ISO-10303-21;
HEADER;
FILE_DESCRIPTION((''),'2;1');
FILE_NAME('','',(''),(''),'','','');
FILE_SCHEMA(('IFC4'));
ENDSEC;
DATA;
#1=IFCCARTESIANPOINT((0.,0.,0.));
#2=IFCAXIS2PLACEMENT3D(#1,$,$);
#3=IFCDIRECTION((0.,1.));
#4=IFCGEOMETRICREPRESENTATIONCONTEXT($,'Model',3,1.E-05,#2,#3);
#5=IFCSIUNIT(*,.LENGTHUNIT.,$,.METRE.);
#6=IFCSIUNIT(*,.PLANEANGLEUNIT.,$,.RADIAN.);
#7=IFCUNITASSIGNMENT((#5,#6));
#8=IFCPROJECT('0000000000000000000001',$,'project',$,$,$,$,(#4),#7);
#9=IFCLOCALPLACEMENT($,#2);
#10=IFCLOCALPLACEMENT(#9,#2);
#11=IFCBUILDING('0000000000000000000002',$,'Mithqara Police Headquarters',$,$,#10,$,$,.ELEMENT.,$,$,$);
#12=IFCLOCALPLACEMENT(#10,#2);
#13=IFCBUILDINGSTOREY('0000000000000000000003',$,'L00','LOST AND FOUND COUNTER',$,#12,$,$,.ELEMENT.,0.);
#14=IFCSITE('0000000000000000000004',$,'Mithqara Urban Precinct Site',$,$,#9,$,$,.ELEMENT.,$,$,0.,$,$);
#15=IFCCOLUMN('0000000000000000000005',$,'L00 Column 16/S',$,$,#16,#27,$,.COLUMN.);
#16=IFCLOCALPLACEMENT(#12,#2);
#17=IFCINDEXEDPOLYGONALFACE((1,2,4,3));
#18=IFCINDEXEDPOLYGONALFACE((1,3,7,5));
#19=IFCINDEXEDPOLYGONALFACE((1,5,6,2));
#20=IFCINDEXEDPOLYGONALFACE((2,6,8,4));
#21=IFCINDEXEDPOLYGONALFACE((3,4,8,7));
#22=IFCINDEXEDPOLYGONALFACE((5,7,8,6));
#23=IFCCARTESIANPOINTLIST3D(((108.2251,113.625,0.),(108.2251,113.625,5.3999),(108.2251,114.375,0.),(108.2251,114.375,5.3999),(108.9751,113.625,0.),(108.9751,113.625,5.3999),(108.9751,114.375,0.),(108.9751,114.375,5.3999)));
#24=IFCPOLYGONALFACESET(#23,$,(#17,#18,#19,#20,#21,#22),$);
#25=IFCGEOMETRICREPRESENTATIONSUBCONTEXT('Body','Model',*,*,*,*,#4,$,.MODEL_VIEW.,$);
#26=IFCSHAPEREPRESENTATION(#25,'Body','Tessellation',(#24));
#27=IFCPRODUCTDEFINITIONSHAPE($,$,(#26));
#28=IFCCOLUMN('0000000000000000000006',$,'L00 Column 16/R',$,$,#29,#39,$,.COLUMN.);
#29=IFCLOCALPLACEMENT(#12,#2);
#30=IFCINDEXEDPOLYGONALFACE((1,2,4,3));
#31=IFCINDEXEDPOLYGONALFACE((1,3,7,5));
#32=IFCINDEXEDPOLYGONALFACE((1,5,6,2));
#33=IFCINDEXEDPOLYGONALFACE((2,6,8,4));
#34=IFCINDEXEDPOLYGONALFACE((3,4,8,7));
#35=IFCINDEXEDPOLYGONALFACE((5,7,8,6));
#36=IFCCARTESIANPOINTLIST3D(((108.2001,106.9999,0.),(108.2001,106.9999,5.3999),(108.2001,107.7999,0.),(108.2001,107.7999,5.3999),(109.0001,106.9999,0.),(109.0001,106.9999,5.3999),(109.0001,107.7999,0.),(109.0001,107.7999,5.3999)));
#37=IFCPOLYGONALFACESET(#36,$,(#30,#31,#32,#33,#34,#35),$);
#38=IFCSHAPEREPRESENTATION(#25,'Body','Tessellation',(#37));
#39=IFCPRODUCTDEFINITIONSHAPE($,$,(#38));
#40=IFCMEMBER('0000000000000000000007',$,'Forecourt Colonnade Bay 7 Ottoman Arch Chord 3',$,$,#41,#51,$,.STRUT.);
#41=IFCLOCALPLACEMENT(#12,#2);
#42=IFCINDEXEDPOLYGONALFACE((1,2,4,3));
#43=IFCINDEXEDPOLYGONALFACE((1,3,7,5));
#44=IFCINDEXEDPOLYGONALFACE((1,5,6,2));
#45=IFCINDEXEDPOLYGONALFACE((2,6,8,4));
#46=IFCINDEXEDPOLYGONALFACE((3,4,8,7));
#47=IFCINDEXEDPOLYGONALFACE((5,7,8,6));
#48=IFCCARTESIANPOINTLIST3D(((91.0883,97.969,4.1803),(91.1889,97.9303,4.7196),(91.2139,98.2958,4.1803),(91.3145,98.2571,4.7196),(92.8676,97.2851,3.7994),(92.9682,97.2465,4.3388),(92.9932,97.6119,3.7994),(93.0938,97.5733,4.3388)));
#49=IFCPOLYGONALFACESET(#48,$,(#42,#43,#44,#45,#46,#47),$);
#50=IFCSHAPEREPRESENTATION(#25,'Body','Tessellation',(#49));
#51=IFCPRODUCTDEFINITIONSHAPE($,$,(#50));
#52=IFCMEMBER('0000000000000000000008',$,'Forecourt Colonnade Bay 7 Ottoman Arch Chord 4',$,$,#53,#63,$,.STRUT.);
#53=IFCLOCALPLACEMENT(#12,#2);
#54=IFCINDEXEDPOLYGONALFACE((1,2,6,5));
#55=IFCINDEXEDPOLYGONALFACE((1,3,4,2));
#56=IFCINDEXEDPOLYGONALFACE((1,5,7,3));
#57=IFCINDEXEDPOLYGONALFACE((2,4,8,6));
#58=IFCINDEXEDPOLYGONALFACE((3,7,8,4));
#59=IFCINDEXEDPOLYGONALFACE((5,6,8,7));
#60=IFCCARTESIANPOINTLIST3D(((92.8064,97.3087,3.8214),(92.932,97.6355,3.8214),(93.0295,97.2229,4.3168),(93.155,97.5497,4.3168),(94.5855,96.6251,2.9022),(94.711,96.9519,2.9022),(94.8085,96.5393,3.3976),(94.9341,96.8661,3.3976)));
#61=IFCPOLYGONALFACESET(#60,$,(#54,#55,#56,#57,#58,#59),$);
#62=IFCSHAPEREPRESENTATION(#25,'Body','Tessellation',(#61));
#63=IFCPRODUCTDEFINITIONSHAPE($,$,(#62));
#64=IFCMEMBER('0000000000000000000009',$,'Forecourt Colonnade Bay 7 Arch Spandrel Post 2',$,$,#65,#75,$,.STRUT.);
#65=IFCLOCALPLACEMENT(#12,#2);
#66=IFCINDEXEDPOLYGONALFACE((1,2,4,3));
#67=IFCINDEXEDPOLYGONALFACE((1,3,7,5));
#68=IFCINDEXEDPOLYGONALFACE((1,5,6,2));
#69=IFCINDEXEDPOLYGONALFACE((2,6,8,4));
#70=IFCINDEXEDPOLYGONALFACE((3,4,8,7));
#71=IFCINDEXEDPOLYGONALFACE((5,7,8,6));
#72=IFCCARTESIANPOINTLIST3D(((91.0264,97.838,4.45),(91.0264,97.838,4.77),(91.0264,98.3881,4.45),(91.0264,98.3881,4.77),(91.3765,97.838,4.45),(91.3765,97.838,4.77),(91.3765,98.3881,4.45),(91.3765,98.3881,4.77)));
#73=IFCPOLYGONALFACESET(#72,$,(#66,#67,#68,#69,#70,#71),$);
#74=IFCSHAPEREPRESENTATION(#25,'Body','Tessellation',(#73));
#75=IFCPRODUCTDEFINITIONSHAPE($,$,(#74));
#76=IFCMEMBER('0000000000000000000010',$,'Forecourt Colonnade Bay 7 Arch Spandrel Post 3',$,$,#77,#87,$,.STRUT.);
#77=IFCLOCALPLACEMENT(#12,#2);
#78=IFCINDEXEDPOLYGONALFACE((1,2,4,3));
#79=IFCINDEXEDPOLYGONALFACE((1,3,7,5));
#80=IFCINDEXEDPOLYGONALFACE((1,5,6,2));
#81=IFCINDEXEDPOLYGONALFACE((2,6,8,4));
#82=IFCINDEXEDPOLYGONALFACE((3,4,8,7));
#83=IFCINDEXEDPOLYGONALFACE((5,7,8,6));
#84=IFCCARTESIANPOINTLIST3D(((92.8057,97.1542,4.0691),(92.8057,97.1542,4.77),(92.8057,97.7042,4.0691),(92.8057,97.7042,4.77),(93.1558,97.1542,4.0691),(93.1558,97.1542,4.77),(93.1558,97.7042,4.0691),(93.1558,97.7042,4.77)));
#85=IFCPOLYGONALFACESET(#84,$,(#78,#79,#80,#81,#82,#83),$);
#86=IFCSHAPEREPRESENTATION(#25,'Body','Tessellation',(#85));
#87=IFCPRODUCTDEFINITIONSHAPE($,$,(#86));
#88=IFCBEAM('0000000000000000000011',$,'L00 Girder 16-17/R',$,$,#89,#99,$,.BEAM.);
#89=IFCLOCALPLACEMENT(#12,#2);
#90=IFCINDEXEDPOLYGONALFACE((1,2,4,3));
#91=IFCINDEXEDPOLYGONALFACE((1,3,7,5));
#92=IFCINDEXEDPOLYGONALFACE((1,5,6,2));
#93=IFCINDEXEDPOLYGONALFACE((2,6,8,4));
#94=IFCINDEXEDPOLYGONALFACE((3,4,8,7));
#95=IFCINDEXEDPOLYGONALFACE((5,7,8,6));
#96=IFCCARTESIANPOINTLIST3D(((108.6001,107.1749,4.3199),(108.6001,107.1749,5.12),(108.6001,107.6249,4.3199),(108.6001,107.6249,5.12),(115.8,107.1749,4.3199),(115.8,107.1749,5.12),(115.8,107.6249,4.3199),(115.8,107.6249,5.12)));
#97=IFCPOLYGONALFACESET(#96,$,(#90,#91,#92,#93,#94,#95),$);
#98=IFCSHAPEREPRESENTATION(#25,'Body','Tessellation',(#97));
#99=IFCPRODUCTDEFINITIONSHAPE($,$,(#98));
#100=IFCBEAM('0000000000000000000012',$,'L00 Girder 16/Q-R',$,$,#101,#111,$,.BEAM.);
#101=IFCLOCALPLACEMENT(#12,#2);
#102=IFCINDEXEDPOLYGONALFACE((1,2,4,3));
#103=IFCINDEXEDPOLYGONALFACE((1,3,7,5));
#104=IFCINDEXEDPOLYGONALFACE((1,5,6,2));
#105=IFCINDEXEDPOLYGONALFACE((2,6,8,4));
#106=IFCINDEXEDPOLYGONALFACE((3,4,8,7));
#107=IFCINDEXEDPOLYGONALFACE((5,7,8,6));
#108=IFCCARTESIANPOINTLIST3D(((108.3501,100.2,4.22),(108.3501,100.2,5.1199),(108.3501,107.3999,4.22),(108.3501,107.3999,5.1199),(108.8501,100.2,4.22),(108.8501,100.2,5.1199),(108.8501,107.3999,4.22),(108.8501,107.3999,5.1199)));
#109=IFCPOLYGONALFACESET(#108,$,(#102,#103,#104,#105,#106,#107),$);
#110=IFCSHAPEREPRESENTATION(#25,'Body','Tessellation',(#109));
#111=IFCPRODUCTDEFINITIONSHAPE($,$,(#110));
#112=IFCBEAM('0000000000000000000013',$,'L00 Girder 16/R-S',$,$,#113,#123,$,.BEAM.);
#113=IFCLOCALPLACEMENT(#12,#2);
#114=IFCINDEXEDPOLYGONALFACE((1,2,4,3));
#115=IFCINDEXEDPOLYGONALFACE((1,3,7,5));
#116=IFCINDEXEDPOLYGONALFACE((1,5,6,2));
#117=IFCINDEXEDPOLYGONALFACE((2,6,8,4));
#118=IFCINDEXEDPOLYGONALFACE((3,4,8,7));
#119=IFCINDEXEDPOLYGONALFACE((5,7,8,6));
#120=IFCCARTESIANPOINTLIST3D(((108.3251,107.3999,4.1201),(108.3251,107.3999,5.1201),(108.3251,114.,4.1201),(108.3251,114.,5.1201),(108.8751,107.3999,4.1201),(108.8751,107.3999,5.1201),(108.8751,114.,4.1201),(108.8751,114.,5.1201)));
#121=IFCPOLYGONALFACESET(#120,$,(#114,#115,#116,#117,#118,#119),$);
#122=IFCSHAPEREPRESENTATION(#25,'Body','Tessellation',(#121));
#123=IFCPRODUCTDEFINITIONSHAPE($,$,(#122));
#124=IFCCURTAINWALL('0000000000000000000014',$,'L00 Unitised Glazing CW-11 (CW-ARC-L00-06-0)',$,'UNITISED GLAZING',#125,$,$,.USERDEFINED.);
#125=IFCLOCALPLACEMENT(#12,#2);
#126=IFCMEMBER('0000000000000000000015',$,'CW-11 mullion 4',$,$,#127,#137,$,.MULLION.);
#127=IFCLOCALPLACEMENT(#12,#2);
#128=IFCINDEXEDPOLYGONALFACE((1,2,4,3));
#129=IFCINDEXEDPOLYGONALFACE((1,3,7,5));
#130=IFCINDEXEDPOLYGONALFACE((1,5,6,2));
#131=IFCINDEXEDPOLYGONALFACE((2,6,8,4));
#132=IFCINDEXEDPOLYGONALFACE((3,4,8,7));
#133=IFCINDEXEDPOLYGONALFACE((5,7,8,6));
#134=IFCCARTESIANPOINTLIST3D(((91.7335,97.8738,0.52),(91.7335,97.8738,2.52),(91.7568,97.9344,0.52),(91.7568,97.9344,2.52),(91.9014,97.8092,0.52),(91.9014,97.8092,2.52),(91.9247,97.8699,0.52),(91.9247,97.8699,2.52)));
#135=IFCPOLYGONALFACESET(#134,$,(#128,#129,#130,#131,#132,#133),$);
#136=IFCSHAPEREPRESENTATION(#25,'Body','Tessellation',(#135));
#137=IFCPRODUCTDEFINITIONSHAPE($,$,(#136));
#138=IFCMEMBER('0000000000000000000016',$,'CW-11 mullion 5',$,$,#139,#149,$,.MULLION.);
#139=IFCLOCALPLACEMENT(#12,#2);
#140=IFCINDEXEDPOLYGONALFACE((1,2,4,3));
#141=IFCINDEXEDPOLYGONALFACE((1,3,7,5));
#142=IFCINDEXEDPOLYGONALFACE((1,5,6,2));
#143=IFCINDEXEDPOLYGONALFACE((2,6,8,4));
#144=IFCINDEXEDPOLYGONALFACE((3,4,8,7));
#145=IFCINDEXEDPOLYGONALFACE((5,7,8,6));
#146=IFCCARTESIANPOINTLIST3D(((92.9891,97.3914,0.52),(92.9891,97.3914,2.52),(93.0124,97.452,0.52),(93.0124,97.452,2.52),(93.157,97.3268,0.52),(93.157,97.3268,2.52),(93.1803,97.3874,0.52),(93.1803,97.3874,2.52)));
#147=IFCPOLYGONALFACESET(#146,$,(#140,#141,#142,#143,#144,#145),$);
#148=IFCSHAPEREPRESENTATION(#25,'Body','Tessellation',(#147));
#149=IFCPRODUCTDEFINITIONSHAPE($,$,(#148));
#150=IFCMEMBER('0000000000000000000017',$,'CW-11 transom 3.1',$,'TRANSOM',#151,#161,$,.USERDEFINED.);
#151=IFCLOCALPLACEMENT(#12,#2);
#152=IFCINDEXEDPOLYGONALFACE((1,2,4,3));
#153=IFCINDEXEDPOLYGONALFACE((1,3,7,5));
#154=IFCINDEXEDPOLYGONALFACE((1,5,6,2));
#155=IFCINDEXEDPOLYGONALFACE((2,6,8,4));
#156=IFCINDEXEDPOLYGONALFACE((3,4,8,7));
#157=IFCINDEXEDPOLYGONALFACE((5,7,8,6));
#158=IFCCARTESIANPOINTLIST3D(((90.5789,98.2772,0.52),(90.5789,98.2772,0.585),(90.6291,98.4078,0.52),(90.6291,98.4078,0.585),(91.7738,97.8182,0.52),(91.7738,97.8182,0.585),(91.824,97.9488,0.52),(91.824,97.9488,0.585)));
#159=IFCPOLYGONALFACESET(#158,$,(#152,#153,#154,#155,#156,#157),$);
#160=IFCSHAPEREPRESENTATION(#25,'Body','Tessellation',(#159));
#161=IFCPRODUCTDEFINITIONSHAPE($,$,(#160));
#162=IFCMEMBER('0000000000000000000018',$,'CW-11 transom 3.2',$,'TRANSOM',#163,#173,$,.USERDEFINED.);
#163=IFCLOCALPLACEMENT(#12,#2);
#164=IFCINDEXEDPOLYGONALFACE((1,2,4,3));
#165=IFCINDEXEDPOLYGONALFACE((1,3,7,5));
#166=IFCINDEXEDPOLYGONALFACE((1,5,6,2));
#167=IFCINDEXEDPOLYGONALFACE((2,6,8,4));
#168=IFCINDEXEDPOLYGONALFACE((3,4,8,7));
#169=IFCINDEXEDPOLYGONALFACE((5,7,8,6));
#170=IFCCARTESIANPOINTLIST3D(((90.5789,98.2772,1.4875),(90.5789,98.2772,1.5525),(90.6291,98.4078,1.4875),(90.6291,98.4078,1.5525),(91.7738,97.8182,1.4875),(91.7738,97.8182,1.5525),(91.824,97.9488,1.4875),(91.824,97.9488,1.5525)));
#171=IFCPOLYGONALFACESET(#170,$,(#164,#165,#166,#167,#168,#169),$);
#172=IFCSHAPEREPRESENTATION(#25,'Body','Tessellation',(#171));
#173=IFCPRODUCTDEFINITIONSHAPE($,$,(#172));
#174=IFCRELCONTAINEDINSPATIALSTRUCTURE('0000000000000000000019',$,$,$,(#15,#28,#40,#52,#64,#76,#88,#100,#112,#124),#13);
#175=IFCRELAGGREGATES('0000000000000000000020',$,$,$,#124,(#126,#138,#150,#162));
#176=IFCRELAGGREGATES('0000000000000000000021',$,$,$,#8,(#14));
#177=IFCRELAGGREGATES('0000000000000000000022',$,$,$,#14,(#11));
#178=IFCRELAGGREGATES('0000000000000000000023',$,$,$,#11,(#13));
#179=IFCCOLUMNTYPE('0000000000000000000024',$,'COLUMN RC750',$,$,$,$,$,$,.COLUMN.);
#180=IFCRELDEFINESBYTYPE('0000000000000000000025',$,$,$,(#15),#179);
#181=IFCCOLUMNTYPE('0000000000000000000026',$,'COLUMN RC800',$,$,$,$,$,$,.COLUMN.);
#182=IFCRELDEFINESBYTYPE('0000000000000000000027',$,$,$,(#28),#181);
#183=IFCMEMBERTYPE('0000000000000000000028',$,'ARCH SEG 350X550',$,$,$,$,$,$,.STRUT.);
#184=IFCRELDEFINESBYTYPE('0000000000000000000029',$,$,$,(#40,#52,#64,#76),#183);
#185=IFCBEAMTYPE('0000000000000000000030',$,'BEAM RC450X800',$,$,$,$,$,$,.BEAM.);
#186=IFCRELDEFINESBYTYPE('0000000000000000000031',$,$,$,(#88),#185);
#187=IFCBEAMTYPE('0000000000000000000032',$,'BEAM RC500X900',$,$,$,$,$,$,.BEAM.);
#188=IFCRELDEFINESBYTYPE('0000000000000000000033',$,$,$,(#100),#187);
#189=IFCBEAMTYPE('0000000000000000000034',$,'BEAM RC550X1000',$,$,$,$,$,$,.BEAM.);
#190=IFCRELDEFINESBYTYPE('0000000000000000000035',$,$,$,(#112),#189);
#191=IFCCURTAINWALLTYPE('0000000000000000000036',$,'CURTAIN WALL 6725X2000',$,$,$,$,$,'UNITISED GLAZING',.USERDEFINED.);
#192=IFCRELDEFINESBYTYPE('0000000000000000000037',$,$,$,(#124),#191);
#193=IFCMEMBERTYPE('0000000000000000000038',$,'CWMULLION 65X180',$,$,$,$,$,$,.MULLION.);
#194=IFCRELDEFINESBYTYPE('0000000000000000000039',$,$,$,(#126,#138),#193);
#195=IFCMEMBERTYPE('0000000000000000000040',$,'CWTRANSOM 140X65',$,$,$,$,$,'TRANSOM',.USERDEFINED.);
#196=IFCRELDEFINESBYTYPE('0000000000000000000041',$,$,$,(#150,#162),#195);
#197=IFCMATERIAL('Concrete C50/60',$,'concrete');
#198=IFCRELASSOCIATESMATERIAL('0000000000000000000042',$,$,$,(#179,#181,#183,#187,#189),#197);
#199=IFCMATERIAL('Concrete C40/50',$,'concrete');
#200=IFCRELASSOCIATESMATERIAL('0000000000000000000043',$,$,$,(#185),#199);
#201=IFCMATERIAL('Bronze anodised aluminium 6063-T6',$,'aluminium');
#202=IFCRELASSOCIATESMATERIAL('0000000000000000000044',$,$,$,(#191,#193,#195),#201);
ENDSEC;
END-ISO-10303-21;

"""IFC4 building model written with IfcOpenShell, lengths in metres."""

from ifc_helpers import new_model, si_unit, direction, frame, origin, origin_2d, place, context, subcontext, project, spatial, rectangle, extrude, material, material_profile, profile_set, type_object, element, aggregate, save


model = new_model("IFC4")

# Units and contexts
model_context = context("Model", 3, precision=1e-05, world=origin(), true_north=direction((0.0, 1.0)))
body_context = subcontext(model_context, "Body", "Model", "MODEL_VIEW")
ifc_project = project(units=[si_unit("LENGTHUNIT", "METRE"), si_unit("PLANEANGLEUNIT", "RADIAN")], contexts=[model_context])

# Site, building, storey
site_placement = place(None, origin())
site = spatial("IfcSite", under=ifc_project, at=site_placement, Name="Mithqara Urban Precinct Site", CompositionType="ELEMENT", RefElevation=0.0)
building_placement = place(site_placement, origin())
building = spatial("IfcBuilding", under=site, at=building_placement, Name="Mithqara Police Headquarters", CompositionType="ELEMENT")
storey_placement = place(building_placement, origin())
storey = spatial("IfcBuildingStorey", under=building, at=storey_placement, Name="L00", Description="LOST AND FOUND COUNTER", CompositionType="ELEMENT", Elevation=0.0)

# Columns
ifc_material_1 = material(Name="Concrete C50/60", Category="concrete")
ifc_material_profile_1 = material_profile(ifc_material_1, rectangle(XDim=0.75, YDim=0.75, at=origin_2d()), Name="RC 750x750")
ifc_profile_set_1 = profile_set([ifc_material_profile_1], Name="Concrete C50/60")
column_type_1 = type_object("IfcColumnType", Name="COLUMN RC750", PredefinedType="COLUMN", material=ifc_profile_set_1)
column_1_placement = place(storey_placement, frame((108.6001, 114.0, 0.0), z_axis=(0.0, 0.0, 1.0), x_axis=(1.0, 0.0, 0.0)))
element("IfcColumn", 1, at=column_1_placement, inside=storey, type_object=column_type_1, Name="L00 Column 16/S", PredefinedType="COLUMN", context=body_context, shape_type="SweptSolid", body=[
    extrude(rectangle(XDim=0.75, YDim=0.75, at=origin_2d()), origin(), (0.0, 0.0, 1.0), 5.3999),
])
ifc_material_profile_2 = material_profile(ifc_material_1, rectangle(XDim=0.8, YDim=0.8, at=origin_2d()), Name="RC 800x800")
ifc_profile_set_2 = profile_set([ifc_material_profile_2], Name="Concrete C50/60")
column_type_2 = type_object("IfcColumnType", Name="COLUMN RC800", PredefinedType="COLUMN", material=ifc_profile_set_2)
column_2_placement = place(storey_placement, frame((108.6001, 107.3999, 0.0), z_axis=(0.0, 0.0, 1.0), x_axis=(1.0, 0.0, 0.0)))
element("IfcColumn", 2, at=column_2_placement, inside=storey, type_object=column_type_2, Name="L00 Column 16/R", PredefinedType="COLUMN", context=body_context, shape_type="SweptSolid", body=[
    extrude(rectangle(XDim=0.8, YDim=0.8, at=origin_2d()), origin(), (0.0, 0.0, 1.0), 5.3999),
])

# Members
ifc_material_profile_3 = material_profile(ifc_material_1, rectangle(XDim=0.3501, YDim=0.55, at=origin_2d()), Name="ARC 350x550")
ifc_profile_set_3 = profile_set([ifc_material_profile_3], Name="Concrete C50/60")
member_type_1 = type_object("IfcMemberType", Name="ARCH SEG 350X550", PredefinedType="STRUT", material=ifc_profile_set_3)
member_1_placement = place(storey_placement, frame((91.2014, 98.113, 4.45), z_axis=(0.915343, -0.351794, -0.19593), x_axis=(0.358747, 0.933435, 0.0)))
element("IfcMember", 3, at=member_1_placement, inside=storey, type_object=member_type_1, Name="Forecourt Colonnade Bay 7 Ottoman Arch Chord 3", PredefinedType="STRUT", context=body_context, shape_type="SweptSolid", body=[
    extrude(rectangle(XDim=0.3501, YDim=0.55, at=origin_2d()), origin(), (0.0, 0.0, 1.0), 1.9438),
])
member_2_placement = place(storey_placement, frame((92.9807, 97.4292, 4.0691), z_axis=(0.840783, -0.323067, -0.43441), x_axis=(0.358679, 0.933461, 0.0)))
element("IfcMember", 4, at=member_2_placement, inside=storey, type_object=member_type_1, Name="Forecourt Colonnade Bay 7 Ottoman Arch Chord 4", PredefinedType="STRUT", context=body_context, shape_type="SweptSolid", body=[
    extrude(rectangle(XDim=0.3501, YDim=0.55, at=origin_2d()), origin(), (0.0, 0.0, 1.0), 2.116),
])
member_3_placement = place(storey_placement, frame((91.2014, 98.113, 4.45), z_axis=(0.0, 0.0, 1.0), x_axis=(1.0, 0.0, 0.0)))
element("IfcMember", 5, at=member_3_placement, inside=storey, type_object=member_type_1, Name="Forecourt Colonnade Bay 7 Arch Spandrel Post 2", PredefinedType="STRUT", context=body_context, shape_type="SweptSolid", body=[
    extrude(rectangle(XDim=0.3501, YDim=0.55, at=origin_2d()), origin(), (0.0, 0.0, 1.0), 0.3201),
])
member_4_placement = place(storey_placement, frame((92.9807, 97.4292, 4.0691), z_axis=(0.0, 0.0, 1.0), x_axis=(1.0, 0.0, 0.0)))
element("IfcMember", 6, at=member_4_placement, inside=storey, type_object=member_type_1, Name="Forecourt Colonnade Bay 7 Arch Spandrel Post 3", PredefinedType="STRUT", context=body_context, shape_type="SweptSolid", body=[
    extrude(rectangle(XDim=0.3501, YDim=0.55, at=origin_2d()), origin(), (0.0, 0.0, 1.0), 0.7009),
])

# Beams
ifc_material_2 = material(Name="Concrete C40/50", Category="concrete")
ifc_material_profile_4 = material_profile(ifc_material_2, rectangle(XDim=0.45, YDim=0.8, at=origin_2d()), Name="RC 450x800")
ifc_profile_set_4 = profile_set([ifc_material_profile_4], Name="Concrete C40/50")
beam_type_1 = type_object("IfcBeamType", Name="BEAM RC450X800", PredefinedType="BEAM", material=ifc_profile_set_4)
beam_1_placement = place(storey_placement, frame((108.6001, 107.3999, 4.72), z_axis=(1.0, 0.0, 0.0), x_axis=(0.0, 1.0, 0.0)))
element("IfcBeam", 7, at=beam_1_placement, inside=storey, type_object=beam_type_1, Name="L00 Girder 16-17/R", PredefinedType="BEAM", context=body_context, shape_type="SweptSolid", body=[
    extrude(rectangle(XDim=0.45, YDim=0.8, at=origin_2d()), origin(), (0.0, 0.0, 1.0), 7.2),
])
ifc_material_profile_5 = material_profile(ifc_material_1, rectangle(XDim=0.5, YDim=0.8999, at=origin_2d()), Name="RC 500x900")
ifc_profile_set_5 = profile_set([ifc_material_profile_5], Name="Concrete C50/60")
beam_type_2 = type_object("IfcBeamType", Name="BEAM RC500X900", PredefinedType="BEAM", material=ifc_profile_set_5)
beam_2_placement = place(storey_placement, frame((108.6001, 100.2, 4.6699), z_axis=(0.0, 1.0, 0.0), x_axis=(-1.0, 0.0, 0.0)))
element("IfcBeam", 8, at=beam_2_placement, inside=storey, type_object=beam_type_2, Name="L00 Girder 16/Q-R", PredefinedType="BEAM", context=body_context, shape_type="SweptSolid", body=[
    extrude(rectangle(XDim=0.5, YDim=0.8999, at=origin_2d()), origin(), (0.0, 0.0, 1.0), 7.2),
])
ifc_material_profile_6 = material_profile(ifc_material_1, rectangle(XDim=0.55, YDim=1.0, at=origin_2d()), Name="RC 550x1000")
ifc_profile_set_6 = profile_set([ifc_material_profile_6], Name="Concrete C50/60")
beam_type_3 = type_object("IfcBeamType", Name="BEAM RC550X1000", PredefinedType="BEAM", material=ifc_profile_set_6)
beam_3_placement = place(storey_placement, frame((108.6001, 107.3999, 4.6201), z_axis=(0.0, 1.0, 0.0), x_axis=(-1.0, 0.0, 0.0)))
element("IfcBeam", 9, at=beam_3_placement, inside=storey, type_object=beam_type_3, Name="L00 Girder 16/R-S", PredefinedType="BEAM", context=body_context, shape_type="SweptSolid", body=[
    extrude(rectangle(XDim=0.55, YDim=1.0, at=origin_2d()), origin(), (0.0, 0.0, 1.0), 6.6001),
])

# Curtain wall, members
ifc_material_3 = material(Name="Bronze anodised aluminium 6063-T6", Category="aluminium")
curtain_wall_type = type_object("IfcCurtainWallType", Name="CURTAIN WALL 6725X2000", ElementType="UNITISED GLAZING", PredefinedType="USERDEFINED", material=ifc_material_3)
curtain_wall_placement = place(storey_placement, origin())
curtain_wall = element("IfcCurtainWall", 10, at=curtain_wall_placement, inside=storey, type_object=curtain_wall_type, Name="L00 Unitised Glazing CW-11 (CW-ARC-L00-06-0)", ObjectType="UNITISED GLAZING", PredefinedType="USERDEFINED")
ifc_material_profile_7 = material_profile(ifc_material_3, rectangle(XDim=0.0649, YDim=0.1799, at=origin_2d()), Name="CWM 65x180")
ifc_profile_set_7 = profile_set([ifc_material_profile_7], Name="Bronze anodised aluminium 6063-T6")
member_type_2 = type_object("IfcMemberType", Name="CWMULLION 65X180", PredefinedType="MULLION", material=ifc_profile_set_7)
member_5_placement = place(storey_placement, frame((91.8291, 97.8718, 0.52), z_axis=(0.0, 0.0, 1.0), x_axis=(0.35868, 0.933461, 0.0)))
member_5 = element("IfcMember", 11, at=member_5_placement, type_object=member_type_2, Name="CW-11 mullion 4", PredefinedType="MULLION", context=body_context, shape_type="SweptSolid", body=[
    extrude(rectangle(XDim=0.0649, YDim=0.1799, at=origin_2d()), origin(), (0.0, 0.0, 1.0), 2.0),
])
member_6_placement = place(storey_placement, frame((93.0847, 97.3894, 0.52), z_axis=(0.0, 0.0, 1.0), x_axis=(0.35868, 0.933461, 0.0)))
member_6 = element("IfcMember", 12, at=member_6_placement, type_object=member_type_2, Name="CW-11 mullion 5", PredefinedType="MULLION", context=body_context, shape_type="SweptSolid", body=[
    extrude(rectangle(XDim=0.0649, YDim=0.1799, at=origin_2d()), origin(), (0.0, 0.0, 1.0), 2.0),
])
ifc_material_profile_8 = material_profile(ifc_material_3, rectangle(XDim=0.1399, YDim=0.0649, at=origin_2d()), Name="CWT 140x65")
ifc_profile_set_8 = profile_set([ifc_material_profile_8], Name="Bronze anodised aluminium 6063-T6")
member_type_3 = type_object("IfcMemberType", Name="CWTRANSOM 140X65", ElementType="TRANSOM", PredefinedType="USERDEFINED", material=ifc_profile_set_8)
member_7_placement = place(storey_placement, frame((90.604, 98.3425, 0.5525), z_axis=(0.933493, -0.358596, 0.0), x_axis=(0.358596, 0.933493, 0.0)))
member_7 = element("IfcMember", 13, at=member_7_placement, type_object=member_type_3, Name="CW-11 transom 3.1", ObjectType="TRANSOM", PredefinedType="USERDEFINED", context=body_context, shape_type="SweptSolid", body=[
    extrude(rectangle(XDim=0.1399, YDim=0.0649, at=origin_2d()), origin(), (0.0, 0.0, 1.0), 1.28),
])
member_8_placement = place(storey_placement, frame((90.604, 98.3425, 1.52), z_axis=(0.933493, -0.358596, 0.0), x_axis=(0.358596, 0.933493, 0.0)))
member_8 = element("IfcMember", 14, at=member_8_placement, type_object=member_type_3, Name="CW-11 transom 3.2", ObjectType="TRANSOM", PredefinedType="USERDEFINED", context=body_context, shape_type="SweptSolid", body=[
    extrude(rectangle(XDim=0.1399, YDim=0.0649, at=origin_2d()), origin(), (0.0, 0.0, 1.0), 1.28),
])

aggregate(curtain_wall, [member_5, member_6, member_7, member_8])

save(model, "model.ifc")
